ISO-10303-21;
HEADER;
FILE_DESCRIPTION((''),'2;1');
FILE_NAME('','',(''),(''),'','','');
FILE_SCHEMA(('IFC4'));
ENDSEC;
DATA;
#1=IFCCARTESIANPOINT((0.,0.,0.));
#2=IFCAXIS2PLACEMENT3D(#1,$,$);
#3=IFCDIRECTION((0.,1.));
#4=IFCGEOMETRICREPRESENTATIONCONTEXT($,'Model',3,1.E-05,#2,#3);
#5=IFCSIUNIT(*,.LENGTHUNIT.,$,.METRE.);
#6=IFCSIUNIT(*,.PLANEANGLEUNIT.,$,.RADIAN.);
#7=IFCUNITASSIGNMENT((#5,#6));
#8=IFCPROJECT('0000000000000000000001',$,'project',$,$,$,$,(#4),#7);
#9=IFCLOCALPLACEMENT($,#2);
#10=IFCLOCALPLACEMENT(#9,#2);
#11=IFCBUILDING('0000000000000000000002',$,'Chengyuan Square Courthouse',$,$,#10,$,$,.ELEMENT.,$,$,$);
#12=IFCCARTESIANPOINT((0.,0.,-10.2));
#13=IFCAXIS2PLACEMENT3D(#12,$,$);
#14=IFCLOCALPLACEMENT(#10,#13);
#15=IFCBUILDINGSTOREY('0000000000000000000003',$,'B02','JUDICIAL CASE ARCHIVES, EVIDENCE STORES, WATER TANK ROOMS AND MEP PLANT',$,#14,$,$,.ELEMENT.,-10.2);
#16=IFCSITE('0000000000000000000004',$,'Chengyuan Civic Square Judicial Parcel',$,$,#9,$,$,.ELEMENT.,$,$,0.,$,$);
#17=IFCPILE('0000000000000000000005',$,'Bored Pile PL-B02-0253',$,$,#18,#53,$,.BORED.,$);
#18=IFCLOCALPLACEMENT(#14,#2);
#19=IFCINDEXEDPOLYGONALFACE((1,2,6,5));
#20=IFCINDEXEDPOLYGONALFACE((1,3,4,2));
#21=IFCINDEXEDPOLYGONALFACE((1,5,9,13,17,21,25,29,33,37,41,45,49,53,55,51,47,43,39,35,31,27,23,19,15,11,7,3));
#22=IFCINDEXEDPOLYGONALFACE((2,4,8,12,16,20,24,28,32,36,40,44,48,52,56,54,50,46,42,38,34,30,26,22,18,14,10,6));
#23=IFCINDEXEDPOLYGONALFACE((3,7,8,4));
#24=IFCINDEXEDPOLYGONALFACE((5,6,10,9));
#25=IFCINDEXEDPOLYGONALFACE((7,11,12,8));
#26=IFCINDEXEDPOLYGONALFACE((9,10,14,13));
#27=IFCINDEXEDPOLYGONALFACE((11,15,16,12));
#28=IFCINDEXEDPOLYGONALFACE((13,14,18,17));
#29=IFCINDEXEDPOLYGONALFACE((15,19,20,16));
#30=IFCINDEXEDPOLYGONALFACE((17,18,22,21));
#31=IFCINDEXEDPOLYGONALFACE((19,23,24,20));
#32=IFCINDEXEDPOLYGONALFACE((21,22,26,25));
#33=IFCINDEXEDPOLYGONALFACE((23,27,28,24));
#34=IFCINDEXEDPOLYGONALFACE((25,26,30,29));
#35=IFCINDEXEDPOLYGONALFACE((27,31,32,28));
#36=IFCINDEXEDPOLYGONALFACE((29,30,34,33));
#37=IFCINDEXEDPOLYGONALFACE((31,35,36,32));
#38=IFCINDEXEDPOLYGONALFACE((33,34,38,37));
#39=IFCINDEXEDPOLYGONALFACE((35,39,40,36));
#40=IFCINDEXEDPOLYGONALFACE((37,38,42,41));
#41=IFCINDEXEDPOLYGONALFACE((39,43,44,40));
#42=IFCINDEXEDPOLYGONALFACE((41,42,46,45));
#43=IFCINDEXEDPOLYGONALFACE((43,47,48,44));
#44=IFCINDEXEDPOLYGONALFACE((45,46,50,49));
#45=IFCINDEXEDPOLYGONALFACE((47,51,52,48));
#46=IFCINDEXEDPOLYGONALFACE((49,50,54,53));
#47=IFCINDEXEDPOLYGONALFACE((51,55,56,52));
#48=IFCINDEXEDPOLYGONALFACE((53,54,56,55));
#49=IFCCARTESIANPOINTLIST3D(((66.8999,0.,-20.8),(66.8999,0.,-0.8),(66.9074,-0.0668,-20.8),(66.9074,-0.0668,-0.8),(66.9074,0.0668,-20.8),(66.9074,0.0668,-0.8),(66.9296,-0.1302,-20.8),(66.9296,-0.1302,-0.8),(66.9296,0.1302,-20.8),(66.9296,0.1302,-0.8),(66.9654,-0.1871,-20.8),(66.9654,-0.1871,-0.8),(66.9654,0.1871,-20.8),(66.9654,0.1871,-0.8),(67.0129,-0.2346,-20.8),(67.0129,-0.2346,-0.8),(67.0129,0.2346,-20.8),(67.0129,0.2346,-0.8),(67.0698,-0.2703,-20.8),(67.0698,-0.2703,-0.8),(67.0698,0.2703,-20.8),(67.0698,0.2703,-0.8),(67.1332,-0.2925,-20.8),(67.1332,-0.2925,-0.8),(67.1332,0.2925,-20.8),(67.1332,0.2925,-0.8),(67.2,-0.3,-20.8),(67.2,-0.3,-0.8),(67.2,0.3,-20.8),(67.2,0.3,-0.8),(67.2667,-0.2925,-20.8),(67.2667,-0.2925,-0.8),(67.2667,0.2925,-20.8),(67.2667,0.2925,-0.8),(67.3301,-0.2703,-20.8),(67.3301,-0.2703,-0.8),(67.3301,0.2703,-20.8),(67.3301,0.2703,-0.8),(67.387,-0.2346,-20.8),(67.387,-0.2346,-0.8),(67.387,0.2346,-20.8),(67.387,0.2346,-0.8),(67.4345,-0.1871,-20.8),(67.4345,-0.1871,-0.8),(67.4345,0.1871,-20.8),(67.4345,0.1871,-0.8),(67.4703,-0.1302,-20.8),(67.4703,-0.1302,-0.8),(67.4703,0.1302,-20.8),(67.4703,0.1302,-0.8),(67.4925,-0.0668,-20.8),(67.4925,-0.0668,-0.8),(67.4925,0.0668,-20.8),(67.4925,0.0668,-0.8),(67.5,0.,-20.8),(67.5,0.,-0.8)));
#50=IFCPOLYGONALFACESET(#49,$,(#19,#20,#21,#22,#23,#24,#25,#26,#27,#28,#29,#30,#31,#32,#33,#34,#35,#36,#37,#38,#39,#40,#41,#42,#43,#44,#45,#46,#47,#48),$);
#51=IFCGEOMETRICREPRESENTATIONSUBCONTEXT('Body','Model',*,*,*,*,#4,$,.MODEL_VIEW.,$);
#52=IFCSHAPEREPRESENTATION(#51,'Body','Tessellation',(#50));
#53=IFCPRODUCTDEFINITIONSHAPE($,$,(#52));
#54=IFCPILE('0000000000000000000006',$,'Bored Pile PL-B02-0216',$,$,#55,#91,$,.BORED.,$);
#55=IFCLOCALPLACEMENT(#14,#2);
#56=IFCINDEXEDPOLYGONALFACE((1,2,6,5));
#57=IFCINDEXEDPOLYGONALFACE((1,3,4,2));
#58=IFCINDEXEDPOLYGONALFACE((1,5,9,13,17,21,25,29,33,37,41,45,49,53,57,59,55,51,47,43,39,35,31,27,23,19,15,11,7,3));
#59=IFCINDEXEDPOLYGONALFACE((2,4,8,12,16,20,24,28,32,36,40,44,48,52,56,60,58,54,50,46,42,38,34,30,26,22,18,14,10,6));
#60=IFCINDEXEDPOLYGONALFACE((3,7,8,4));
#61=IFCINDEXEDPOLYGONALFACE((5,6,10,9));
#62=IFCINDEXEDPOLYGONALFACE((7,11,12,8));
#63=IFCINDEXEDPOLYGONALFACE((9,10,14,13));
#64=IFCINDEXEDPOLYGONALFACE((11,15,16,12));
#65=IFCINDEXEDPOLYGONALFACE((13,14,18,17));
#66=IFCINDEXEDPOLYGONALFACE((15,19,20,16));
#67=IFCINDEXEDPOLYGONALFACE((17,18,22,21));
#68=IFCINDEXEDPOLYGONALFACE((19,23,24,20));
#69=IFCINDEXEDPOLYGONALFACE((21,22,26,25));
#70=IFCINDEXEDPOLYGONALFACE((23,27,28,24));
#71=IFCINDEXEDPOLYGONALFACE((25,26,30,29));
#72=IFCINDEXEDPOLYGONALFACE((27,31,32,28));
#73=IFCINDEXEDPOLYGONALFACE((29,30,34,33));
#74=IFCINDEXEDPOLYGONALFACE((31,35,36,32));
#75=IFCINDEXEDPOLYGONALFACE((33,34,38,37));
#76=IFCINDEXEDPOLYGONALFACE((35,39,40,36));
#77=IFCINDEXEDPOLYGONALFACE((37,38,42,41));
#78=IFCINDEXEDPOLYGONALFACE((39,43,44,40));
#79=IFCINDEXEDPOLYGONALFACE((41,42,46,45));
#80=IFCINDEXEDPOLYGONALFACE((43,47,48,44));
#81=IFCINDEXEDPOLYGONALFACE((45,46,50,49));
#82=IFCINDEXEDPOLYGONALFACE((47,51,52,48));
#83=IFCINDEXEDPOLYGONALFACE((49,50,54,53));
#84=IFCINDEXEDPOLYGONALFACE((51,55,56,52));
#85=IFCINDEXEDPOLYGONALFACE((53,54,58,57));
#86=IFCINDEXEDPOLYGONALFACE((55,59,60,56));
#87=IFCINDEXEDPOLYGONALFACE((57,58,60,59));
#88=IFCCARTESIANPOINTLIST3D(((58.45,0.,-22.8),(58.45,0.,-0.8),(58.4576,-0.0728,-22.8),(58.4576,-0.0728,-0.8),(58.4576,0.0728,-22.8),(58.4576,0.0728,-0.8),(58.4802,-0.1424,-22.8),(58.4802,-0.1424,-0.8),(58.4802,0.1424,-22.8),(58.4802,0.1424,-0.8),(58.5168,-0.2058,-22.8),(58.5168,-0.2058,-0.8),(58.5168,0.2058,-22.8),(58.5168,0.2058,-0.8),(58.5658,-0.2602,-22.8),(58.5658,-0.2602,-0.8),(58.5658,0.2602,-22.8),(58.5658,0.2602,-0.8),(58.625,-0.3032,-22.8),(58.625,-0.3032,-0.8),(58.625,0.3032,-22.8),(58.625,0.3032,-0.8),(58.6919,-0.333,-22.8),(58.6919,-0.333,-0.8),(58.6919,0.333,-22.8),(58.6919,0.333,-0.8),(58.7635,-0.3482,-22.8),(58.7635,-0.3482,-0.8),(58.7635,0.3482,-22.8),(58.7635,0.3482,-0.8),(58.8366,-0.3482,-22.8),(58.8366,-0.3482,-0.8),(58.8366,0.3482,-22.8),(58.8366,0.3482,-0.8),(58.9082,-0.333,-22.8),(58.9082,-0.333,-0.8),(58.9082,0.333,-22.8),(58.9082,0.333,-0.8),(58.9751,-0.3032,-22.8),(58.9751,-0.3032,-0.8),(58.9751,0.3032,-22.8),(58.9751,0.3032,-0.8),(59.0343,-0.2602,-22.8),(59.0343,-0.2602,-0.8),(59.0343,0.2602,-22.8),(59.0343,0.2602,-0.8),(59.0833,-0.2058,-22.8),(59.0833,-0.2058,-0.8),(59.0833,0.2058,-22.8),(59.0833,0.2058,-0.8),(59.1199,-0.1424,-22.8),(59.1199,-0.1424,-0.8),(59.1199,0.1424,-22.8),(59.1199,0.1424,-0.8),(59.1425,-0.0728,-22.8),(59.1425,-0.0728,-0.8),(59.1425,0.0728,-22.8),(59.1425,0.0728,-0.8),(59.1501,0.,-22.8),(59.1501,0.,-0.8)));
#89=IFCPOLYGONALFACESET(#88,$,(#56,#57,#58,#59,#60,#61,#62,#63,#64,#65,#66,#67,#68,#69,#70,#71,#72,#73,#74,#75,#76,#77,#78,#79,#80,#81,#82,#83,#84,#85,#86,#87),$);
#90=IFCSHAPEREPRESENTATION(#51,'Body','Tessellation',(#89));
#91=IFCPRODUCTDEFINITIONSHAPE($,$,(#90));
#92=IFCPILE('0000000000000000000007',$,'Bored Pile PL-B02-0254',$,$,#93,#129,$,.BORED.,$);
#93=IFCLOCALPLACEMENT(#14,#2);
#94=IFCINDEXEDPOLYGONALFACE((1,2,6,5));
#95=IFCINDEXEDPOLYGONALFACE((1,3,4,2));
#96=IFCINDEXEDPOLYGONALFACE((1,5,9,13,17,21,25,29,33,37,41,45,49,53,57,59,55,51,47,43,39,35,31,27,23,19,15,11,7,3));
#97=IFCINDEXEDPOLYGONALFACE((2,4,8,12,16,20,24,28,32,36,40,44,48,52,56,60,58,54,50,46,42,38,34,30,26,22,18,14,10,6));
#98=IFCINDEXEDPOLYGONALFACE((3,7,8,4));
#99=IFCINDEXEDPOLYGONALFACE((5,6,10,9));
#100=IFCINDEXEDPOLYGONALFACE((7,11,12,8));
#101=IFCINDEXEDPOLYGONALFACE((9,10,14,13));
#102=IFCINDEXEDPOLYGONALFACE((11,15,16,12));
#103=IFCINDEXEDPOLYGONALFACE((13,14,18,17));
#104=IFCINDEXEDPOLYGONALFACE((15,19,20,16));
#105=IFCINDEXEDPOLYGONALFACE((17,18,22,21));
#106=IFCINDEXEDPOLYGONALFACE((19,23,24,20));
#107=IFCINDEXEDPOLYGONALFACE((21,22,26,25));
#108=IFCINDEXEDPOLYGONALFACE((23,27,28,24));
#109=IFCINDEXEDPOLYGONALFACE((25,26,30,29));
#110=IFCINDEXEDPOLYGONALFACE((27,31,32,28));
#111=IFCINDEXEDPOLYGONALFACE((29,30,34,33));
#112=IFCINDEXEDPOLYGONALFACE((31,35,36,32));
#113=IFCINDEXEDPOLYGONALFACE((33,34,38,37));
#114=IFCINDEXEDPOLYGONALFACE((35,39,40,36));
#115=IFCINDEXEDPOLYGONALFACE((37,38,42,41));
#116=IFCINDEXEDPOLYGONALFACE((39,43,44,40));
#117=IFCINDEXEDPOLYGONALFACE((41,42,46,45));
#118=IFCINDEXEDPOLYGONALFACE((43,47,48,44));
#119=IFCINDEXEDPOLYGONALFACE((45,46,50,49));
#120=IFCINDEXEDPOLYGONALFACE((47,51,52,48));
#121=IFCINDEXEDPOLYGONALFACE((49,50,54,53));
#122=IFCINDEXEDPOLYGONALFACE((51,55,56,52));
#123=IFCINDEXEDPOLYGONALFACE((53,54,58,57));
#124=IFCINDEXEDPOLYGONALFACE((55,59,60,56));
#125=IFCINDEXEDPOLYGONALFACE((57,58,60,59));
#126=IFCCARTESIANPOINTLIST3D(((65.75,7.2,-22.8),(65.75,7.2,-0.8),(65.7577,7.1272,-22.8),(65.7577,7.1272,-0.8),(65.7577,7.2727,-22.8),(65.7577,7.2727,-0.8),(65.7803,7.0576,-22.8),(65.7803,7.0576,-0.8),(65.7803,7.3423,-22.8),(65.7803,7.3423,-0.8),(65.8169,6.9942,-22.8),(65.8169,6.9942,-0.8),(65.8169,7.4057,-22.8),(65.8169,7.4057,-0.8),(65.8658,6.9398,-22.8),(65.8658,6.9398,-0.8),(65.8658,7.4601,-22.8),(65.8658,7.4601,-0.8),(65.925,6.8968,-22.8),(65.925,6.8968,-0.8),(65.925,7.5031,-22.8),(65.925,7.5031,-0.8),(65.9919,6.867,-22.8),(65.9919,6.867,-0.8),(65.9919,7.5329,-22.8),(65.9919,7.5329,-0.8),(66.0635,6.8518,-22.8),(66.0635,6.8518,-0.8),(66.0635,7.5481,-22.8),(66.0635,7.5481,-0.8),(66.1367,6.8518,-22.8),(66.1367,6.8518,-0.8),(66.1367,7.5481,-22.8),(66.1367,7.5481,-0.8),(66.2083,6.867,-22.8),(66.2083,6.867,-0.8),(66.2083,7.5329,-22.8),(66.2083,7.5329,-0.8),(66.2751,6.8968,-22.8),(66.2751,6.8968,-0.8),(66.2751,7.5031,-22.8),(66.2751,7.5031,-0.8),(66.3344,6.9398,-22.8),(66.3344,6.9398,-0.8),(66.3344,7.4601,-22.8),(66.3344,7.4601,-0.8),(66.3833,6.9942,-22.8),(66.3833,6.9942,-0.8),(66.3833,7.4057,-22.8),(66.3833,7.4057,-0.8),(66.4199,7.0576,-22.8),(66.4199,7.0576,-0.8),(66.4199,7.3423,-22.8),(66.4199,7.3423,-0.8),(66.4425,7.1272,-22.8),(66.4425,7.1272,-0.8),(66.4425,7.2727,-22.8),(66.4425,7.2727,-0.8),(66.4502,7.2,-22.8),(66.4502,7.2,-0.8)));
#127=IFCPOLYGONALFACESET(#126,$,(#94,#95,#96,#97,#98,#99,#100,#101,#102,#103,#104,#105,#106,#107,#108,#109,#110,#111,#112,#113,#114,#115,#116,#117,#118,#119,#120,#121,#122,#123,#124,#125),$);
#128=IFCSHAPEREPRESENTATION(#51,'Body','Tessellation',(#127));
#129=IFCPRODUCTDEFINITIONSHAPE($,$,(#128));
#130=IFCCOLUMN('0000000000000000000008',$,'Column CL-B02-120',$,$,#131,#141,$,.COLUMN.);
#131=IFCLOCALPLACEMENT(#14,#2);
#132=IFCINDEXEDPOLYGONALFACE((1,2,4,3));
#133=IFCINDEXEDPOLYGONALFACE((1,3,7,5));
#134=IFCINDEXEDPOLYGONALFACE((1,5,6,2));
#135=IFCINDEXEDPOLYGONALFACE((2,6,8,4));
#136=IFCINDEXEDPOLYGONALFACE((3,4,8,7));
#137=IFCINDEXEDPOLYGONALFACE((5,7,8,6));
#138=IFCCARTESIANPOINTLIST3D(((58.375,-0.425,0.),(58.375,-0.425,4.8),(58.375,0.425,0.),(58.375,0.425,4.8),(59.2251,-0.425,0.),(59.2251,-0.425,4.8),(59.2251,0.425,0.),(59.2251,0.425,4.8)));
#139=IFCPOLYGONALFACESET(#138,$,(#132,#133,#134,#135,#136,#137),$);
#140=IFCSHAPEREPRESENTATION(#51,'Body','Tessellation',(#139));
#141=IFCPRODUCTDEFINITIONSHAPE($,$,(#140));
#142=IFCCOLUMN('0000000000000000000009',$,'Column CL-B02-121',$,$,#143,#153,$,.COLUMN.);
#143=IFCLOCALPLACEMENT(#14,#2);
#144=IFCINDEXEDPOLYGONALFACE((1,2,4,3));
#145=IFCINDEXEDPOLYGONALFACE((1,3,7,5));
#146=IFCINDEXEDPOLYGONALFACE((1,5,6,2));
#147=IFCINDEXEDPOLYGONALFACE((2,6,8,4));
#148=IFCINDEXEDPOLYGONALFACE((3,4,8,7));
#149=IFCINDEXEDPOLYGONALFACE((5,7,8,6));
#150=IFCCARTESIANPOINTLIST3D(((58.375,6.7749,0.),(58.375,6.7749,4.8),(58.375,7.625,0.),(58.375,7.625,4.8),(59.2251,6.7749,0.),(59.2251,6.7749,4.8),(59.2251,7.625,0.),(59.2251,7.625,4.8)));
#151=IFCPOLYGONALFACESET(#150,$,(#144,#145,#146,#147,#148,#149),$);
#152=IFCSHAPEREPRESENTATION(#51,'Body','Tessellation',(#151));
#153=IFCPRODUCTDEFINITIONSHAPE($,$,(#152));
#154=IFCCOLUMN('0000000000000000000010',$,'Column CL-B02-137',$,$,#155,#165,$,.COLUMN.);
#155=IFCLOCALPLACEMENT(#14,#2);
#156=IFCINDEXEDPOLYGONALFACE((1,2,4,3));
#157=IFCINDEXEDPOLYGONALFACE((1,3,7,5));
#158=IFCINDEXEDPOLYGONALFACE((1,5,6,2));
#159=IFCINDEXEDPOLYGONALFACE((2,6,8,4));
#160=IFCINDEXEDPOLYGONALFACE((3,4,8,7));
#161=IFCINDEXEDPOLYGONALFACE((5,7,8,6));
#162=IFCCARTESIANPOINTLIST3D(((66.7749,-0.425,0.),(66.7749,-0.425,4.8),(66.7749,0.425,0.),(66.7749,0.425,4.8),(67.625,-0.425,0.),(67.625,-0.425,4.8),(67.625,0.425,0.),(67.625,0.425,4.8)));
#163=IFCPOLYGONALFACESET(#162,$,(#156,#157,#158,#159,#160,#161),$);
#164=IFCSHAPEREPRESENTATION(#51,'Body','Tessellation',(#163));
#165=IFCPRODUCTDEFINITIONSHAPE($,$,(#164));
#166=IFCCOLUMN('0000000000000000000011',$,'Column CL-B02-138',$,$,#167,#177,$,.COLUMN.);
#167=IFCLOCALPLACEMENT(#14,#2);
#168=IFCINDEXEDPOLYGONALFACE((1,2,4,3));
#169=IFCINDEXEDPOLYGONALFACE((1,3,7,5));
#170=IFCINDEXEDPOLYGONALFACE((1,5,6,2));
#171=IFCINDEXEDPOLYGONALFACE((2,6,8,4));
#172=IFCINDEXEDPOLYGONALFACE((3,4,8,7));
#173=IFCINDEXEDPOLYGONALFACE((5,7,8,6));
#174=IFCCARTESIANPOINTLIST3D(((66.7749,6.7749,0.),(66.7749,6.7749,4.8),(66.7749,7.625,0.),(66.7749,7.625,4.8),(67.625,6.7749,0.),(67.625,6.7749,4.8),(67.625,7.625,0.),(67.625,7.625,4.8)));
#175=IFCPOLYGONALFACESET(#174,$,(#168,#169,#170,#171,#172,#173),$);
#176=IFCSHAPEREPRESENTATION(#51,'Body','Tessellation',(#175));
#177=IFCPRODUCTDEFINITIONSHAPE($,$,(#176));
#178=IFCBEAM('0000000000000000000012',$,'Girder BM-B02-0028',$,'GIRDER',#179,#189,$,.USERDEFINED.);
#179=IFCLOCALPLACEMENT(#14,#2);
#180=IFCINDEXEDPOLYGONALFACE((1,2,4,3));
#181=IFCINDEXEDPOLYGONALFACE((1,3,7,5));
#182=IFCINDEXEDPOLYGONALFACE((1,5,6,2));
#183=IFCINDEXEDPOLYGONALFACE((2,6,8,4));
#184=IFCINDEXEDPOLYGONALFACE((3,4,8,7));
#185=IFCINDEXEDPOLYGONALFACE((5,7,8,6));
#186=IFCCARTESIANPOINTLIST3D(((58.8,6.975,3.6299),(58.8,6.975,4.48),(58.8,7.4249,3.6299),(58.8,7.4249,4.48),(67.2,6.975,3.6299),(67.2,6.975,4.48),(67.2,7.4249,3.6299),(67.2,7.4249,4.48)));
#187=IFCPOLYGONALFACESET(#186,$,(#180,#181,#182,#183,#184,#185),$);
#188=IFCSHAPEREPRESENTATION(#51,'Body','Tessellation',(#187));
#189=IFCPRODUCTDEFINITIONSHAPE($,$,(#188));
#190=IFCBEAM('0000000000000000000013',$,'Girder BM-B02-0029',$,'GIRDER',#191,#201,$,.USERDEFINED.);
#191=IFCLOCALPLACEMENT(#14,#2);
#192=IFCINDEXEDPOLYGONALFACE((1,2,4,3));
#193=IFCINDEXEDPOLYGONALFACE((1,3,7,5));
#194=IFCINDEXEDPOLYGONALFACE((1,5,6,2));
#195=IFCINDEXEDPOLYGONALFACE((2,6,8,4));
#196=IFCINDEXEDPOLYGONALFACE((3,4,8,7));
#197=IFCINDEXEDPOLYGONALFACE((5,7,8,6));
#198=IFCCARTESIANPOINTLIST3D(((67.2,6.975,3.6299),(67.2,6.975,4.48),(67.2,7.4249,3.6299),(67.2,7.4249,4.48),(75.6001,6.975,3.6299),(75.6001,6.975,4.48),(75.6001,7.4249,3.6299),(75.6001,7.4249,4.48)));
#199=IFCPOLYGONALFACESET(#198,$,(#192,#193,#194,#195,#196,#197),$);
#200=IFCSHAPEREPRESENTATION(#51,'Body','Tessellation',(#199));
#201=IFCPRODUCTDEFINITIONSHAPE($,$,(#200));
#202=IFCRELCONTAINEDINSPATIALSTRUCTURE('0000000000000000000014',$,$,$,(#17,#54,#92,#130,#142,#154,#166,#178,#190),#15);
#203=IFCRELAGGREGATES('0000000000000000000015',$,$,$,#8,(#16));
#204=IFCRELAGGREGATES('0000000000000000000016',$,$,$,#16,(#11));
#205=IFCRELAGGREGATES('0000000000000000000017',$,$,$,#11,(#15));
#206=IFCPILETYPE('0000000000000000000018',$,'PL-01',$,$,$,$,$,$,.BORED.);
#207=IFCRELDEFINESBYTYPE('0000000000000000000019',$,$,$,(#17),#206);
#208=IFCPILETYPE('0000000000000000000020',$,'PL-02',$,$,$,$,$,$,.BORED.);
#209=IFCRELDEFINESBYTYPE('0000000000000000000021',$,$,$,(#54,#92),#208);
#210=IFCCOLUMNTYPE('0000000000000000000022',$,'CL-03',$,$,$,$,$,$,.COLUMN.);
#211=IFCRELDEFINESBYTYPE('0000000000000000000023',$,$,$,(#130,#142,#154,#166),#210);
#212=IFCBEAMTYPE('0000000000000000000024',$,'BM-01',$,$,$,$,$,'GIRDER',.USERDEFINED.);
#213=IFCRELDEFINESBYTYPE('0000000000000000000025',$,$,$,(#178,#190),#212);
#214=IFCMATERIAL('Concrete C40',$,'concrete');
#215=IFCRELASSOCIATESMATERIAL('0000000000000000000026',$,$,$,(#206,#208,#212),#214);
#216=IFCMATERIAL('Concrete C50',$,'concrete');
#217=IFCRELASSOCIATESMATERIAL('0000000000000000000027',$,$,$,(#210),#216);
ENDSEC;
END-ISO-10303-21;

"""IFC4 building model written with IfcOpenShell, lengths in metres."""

from ifc_helpers import new_model, si_unit, direction, frame, origin, origin_2d, place, context, subcontext, project, spatial, rectangle, circle, extrude, material, material_profile, profile_set, type_object, element, save


model = new_model("IFC4")

# Units and contexts
model_context = context("Model", 3, precision=1e-05, world=origin(), true_north=direction((0.0, 1.0)))
body_context = subcontext(model_context, "Body", "Model", "MODEL_VIEW")
ifc_project = project(units=[si_unit("LENGTHUNIT", "METRE"), si_unit("PLANEANGLEUNIT", "RADIAN")], contexts=[model_context])

# Site, building, storey
site_placement = place(None, origin())
site = spatial("IfcSite", under=ifc_project, at=site_placement, Name="Chengyuan Civic Square Judicial Parcel", CompositionType="ELEMENT", RefElevation=0.0)
building_placement = place(site_placement, origin())
building = spatial("IfcBuilding", under=site, at=building_placement, Name="Chengyuan Square Courthouse", CompositionType="ELEMENT")
storey_placement = place(building_placement, frame((0.0, 0.0, -10.2)))
storey = spatial("IfcBuildingStorey", under=building, at=storey_placement, Name="B02", Description="JUDICIAL CASE ARCHIVES, EVIDENCE STORES, WATER TANK ROOMS AND MEP PLANT", CompositionType="ELEMENT", Elevation=-10.2)

# Shared definitions
ifc_material_1 = material(Name="Concrete C40", Category="concrete")

# Piles
ifc_material_profile_1 = material_profile(ifc_material_1, circle(Radius=0.3, at=origin_2d()), Name="BORED PILE D600")
ifc_profile_set_1 = profile_set([ifc_material_profile_1], Name="Concrete C40")
pile_type_1 = type_object("IfcPileType", Name="PL-01", PredefinedType="BORED", material=ifc_profile_set_1)
for number, where, z_axis, x_axis, name in (
    (1, (67.2, 0.0, -0.8), (0.0, 0.0, -1.0), (1.0, 0.0, 0.0), "Bored Pile PL-B02-0253"),
):
    element("IfcPile", number, at=place(storey_placement, frame(where, z_axis=z_axis, x_axis=x_axis)), inside=storey, type_object=pile_type_1, Name=name, PredefinedType="BORED", context=body_context, shape_type="SweptSolid", body=[
        extrude(circle(Radius=0.3, at=origin_2d()), origin(), (0.0, 0.0, 1.0), 20.0),
    ])
ifc_material_profile_2 = material_profile(ifc_material_1, circle(Radius=0.3501, at=origin_2d()), Name="BORED PILE D700")
ifc_profile_set_2 = profile_set([ifc_material_profile_2], Name="Concrete C40")
pile_type_2 = type_object("IfcPileType", Name="PL-02", PredefinedType="BORED", material=ifc_profile_set_2)
for number, where, z_axis, x_axis, name in (
    (2, (58.8, 0.0, -0.8), (0.0, 0.0, -1.0), (1.0, 0.0, 0.0), "Bored Pile PL-B02-0216"),
    (3, (66.1001, 7.2, -0.8), (0.0, 0.0, -1.0), (1.0, 0.0, 0.0), "Bored Pile PL-B02-0254"),
):
    element("IfcPile", number, at=place(storey_placement, frame(where, z_axis=z_axis, x_axis=x_axis)), inside=storey, type_object=pile_type_2, Name=name, PredefinedType="BORED", context=body_context, shape_type="SweptSolid", body=[
        extrude(circle(Radius=0.3501, at=origin_2d()), origin(), (0.0, 0.0, 1.0), 22.0),
    ])

# Columns
ifc_material_2 = material(Name="Concrete C50", Category="concrete")
ifc_material_profile_3 = material_profile(ifc_material_2, rectangle(XDim=0.8501, YDim=0.8501, at=origin_2d()), Name="RC-COL-850x850")
ifc_profile_set_3 = profile_set([ifc_material_profile_3], Name="Concrete C50")
column_type = type_object("IfcColumnType", Name="CL-03", PredefinedType="COLUMN", material=ifc_profile_set_3)
for number, where, z_axis, x_axis, name in (
    (4, (58.8, 0.0, 0.0), (0.0, 0.0, 1.0), (1.0, 0.0, 0.0), "Column CL-B02-120"),
    (5, (58.8, 7.2, 0.0), (0.0, 0.0, 1.0), (1.0, 0.0, 0.0), "Column CL-B02-121"),
    (6, (67.2, 0.0, 0.0), (0.0, 0.0, 1.0), (1.0, 0.0, 0.0), "Column CL-B02-137"),
    (7, (67.2, 7.2, 0.0), (0.0, 0.0, 1.0), (1.0, 0.0, 0.0), "Column CL-B02-138"),
):
    element("IfcColumn", number, at=place(storey_placement, frame(where, z_axis=z_axis, x_axis=x_axis)), inside=storey, type_object=column_type, Name=name, PredefinedType="COLUMN", context=body_context, shape_type="SweptSolid", body=[
        extrude(rectangle(XDim=0.8501, YDim=0.8501, at=origin_2d()), origin(), (0.0, 0.0, 1.0), 4.8),
    ])

# Beams
ifc_material_profile_4 = material_profile(ifc_material_1, rectangle(XDim=0.45, YDim=0.8501, at=origin_2d()), Name="RC-BM-450x850")
ifc_profile_set_4 = profile_set([ifc_material_profile_4], Name="Concrete C40")
beam_type_1 = type_object("IfcBeamType", Name="BM-01", ElementType="GIRDER", PredefinedType="USERDEFINED", material=ifc_profile_set_4)
beam_1_placement = place(storey_placement, frame((58.8, 7.2, 4.0549), z_axis=(1.0, 0.0, 0.0), x_axis=(0.0, 1.0, 0.0)))
element("IfcBeam", 8, at=beam_1_placement, inside=storey, type_object=beam_type_1, Name="Girder BM-B02-0028", ObjectType="GIRDER", PredefinedType="USERDEFINED", context=body_context, shape_type="SweptSolid", body=[
    extrude(rectangle(XDim=0.45, YDim=0.8501, at=origin_2d()), origin(), (0.0, 0.0, 1.0), 8.3999),
])
beam_2_placement = place(storey_placement, frame((67.2, 7.2, 4.0549), z_axis=(1.0, 0.0, 0.0), x_axis=(0.0, 1.0, 0.0)))
element("IfcBeam", 9, at=beam_2_placement, inside=storey, type_object=beam_type_1, Name="Girder BM-B02-0029", ObjectType="GIRDER", PredefinedType="USERDEFINED", context=body_context, shape_type="SweptSolid", body=[
    extrude(rectangle(XDim=0.45, YDim=0.8501, at=origin_2d()), origin(), (0.0, 0.0, 1.0), 8.4001),
])

save(model, "model.ifc")
